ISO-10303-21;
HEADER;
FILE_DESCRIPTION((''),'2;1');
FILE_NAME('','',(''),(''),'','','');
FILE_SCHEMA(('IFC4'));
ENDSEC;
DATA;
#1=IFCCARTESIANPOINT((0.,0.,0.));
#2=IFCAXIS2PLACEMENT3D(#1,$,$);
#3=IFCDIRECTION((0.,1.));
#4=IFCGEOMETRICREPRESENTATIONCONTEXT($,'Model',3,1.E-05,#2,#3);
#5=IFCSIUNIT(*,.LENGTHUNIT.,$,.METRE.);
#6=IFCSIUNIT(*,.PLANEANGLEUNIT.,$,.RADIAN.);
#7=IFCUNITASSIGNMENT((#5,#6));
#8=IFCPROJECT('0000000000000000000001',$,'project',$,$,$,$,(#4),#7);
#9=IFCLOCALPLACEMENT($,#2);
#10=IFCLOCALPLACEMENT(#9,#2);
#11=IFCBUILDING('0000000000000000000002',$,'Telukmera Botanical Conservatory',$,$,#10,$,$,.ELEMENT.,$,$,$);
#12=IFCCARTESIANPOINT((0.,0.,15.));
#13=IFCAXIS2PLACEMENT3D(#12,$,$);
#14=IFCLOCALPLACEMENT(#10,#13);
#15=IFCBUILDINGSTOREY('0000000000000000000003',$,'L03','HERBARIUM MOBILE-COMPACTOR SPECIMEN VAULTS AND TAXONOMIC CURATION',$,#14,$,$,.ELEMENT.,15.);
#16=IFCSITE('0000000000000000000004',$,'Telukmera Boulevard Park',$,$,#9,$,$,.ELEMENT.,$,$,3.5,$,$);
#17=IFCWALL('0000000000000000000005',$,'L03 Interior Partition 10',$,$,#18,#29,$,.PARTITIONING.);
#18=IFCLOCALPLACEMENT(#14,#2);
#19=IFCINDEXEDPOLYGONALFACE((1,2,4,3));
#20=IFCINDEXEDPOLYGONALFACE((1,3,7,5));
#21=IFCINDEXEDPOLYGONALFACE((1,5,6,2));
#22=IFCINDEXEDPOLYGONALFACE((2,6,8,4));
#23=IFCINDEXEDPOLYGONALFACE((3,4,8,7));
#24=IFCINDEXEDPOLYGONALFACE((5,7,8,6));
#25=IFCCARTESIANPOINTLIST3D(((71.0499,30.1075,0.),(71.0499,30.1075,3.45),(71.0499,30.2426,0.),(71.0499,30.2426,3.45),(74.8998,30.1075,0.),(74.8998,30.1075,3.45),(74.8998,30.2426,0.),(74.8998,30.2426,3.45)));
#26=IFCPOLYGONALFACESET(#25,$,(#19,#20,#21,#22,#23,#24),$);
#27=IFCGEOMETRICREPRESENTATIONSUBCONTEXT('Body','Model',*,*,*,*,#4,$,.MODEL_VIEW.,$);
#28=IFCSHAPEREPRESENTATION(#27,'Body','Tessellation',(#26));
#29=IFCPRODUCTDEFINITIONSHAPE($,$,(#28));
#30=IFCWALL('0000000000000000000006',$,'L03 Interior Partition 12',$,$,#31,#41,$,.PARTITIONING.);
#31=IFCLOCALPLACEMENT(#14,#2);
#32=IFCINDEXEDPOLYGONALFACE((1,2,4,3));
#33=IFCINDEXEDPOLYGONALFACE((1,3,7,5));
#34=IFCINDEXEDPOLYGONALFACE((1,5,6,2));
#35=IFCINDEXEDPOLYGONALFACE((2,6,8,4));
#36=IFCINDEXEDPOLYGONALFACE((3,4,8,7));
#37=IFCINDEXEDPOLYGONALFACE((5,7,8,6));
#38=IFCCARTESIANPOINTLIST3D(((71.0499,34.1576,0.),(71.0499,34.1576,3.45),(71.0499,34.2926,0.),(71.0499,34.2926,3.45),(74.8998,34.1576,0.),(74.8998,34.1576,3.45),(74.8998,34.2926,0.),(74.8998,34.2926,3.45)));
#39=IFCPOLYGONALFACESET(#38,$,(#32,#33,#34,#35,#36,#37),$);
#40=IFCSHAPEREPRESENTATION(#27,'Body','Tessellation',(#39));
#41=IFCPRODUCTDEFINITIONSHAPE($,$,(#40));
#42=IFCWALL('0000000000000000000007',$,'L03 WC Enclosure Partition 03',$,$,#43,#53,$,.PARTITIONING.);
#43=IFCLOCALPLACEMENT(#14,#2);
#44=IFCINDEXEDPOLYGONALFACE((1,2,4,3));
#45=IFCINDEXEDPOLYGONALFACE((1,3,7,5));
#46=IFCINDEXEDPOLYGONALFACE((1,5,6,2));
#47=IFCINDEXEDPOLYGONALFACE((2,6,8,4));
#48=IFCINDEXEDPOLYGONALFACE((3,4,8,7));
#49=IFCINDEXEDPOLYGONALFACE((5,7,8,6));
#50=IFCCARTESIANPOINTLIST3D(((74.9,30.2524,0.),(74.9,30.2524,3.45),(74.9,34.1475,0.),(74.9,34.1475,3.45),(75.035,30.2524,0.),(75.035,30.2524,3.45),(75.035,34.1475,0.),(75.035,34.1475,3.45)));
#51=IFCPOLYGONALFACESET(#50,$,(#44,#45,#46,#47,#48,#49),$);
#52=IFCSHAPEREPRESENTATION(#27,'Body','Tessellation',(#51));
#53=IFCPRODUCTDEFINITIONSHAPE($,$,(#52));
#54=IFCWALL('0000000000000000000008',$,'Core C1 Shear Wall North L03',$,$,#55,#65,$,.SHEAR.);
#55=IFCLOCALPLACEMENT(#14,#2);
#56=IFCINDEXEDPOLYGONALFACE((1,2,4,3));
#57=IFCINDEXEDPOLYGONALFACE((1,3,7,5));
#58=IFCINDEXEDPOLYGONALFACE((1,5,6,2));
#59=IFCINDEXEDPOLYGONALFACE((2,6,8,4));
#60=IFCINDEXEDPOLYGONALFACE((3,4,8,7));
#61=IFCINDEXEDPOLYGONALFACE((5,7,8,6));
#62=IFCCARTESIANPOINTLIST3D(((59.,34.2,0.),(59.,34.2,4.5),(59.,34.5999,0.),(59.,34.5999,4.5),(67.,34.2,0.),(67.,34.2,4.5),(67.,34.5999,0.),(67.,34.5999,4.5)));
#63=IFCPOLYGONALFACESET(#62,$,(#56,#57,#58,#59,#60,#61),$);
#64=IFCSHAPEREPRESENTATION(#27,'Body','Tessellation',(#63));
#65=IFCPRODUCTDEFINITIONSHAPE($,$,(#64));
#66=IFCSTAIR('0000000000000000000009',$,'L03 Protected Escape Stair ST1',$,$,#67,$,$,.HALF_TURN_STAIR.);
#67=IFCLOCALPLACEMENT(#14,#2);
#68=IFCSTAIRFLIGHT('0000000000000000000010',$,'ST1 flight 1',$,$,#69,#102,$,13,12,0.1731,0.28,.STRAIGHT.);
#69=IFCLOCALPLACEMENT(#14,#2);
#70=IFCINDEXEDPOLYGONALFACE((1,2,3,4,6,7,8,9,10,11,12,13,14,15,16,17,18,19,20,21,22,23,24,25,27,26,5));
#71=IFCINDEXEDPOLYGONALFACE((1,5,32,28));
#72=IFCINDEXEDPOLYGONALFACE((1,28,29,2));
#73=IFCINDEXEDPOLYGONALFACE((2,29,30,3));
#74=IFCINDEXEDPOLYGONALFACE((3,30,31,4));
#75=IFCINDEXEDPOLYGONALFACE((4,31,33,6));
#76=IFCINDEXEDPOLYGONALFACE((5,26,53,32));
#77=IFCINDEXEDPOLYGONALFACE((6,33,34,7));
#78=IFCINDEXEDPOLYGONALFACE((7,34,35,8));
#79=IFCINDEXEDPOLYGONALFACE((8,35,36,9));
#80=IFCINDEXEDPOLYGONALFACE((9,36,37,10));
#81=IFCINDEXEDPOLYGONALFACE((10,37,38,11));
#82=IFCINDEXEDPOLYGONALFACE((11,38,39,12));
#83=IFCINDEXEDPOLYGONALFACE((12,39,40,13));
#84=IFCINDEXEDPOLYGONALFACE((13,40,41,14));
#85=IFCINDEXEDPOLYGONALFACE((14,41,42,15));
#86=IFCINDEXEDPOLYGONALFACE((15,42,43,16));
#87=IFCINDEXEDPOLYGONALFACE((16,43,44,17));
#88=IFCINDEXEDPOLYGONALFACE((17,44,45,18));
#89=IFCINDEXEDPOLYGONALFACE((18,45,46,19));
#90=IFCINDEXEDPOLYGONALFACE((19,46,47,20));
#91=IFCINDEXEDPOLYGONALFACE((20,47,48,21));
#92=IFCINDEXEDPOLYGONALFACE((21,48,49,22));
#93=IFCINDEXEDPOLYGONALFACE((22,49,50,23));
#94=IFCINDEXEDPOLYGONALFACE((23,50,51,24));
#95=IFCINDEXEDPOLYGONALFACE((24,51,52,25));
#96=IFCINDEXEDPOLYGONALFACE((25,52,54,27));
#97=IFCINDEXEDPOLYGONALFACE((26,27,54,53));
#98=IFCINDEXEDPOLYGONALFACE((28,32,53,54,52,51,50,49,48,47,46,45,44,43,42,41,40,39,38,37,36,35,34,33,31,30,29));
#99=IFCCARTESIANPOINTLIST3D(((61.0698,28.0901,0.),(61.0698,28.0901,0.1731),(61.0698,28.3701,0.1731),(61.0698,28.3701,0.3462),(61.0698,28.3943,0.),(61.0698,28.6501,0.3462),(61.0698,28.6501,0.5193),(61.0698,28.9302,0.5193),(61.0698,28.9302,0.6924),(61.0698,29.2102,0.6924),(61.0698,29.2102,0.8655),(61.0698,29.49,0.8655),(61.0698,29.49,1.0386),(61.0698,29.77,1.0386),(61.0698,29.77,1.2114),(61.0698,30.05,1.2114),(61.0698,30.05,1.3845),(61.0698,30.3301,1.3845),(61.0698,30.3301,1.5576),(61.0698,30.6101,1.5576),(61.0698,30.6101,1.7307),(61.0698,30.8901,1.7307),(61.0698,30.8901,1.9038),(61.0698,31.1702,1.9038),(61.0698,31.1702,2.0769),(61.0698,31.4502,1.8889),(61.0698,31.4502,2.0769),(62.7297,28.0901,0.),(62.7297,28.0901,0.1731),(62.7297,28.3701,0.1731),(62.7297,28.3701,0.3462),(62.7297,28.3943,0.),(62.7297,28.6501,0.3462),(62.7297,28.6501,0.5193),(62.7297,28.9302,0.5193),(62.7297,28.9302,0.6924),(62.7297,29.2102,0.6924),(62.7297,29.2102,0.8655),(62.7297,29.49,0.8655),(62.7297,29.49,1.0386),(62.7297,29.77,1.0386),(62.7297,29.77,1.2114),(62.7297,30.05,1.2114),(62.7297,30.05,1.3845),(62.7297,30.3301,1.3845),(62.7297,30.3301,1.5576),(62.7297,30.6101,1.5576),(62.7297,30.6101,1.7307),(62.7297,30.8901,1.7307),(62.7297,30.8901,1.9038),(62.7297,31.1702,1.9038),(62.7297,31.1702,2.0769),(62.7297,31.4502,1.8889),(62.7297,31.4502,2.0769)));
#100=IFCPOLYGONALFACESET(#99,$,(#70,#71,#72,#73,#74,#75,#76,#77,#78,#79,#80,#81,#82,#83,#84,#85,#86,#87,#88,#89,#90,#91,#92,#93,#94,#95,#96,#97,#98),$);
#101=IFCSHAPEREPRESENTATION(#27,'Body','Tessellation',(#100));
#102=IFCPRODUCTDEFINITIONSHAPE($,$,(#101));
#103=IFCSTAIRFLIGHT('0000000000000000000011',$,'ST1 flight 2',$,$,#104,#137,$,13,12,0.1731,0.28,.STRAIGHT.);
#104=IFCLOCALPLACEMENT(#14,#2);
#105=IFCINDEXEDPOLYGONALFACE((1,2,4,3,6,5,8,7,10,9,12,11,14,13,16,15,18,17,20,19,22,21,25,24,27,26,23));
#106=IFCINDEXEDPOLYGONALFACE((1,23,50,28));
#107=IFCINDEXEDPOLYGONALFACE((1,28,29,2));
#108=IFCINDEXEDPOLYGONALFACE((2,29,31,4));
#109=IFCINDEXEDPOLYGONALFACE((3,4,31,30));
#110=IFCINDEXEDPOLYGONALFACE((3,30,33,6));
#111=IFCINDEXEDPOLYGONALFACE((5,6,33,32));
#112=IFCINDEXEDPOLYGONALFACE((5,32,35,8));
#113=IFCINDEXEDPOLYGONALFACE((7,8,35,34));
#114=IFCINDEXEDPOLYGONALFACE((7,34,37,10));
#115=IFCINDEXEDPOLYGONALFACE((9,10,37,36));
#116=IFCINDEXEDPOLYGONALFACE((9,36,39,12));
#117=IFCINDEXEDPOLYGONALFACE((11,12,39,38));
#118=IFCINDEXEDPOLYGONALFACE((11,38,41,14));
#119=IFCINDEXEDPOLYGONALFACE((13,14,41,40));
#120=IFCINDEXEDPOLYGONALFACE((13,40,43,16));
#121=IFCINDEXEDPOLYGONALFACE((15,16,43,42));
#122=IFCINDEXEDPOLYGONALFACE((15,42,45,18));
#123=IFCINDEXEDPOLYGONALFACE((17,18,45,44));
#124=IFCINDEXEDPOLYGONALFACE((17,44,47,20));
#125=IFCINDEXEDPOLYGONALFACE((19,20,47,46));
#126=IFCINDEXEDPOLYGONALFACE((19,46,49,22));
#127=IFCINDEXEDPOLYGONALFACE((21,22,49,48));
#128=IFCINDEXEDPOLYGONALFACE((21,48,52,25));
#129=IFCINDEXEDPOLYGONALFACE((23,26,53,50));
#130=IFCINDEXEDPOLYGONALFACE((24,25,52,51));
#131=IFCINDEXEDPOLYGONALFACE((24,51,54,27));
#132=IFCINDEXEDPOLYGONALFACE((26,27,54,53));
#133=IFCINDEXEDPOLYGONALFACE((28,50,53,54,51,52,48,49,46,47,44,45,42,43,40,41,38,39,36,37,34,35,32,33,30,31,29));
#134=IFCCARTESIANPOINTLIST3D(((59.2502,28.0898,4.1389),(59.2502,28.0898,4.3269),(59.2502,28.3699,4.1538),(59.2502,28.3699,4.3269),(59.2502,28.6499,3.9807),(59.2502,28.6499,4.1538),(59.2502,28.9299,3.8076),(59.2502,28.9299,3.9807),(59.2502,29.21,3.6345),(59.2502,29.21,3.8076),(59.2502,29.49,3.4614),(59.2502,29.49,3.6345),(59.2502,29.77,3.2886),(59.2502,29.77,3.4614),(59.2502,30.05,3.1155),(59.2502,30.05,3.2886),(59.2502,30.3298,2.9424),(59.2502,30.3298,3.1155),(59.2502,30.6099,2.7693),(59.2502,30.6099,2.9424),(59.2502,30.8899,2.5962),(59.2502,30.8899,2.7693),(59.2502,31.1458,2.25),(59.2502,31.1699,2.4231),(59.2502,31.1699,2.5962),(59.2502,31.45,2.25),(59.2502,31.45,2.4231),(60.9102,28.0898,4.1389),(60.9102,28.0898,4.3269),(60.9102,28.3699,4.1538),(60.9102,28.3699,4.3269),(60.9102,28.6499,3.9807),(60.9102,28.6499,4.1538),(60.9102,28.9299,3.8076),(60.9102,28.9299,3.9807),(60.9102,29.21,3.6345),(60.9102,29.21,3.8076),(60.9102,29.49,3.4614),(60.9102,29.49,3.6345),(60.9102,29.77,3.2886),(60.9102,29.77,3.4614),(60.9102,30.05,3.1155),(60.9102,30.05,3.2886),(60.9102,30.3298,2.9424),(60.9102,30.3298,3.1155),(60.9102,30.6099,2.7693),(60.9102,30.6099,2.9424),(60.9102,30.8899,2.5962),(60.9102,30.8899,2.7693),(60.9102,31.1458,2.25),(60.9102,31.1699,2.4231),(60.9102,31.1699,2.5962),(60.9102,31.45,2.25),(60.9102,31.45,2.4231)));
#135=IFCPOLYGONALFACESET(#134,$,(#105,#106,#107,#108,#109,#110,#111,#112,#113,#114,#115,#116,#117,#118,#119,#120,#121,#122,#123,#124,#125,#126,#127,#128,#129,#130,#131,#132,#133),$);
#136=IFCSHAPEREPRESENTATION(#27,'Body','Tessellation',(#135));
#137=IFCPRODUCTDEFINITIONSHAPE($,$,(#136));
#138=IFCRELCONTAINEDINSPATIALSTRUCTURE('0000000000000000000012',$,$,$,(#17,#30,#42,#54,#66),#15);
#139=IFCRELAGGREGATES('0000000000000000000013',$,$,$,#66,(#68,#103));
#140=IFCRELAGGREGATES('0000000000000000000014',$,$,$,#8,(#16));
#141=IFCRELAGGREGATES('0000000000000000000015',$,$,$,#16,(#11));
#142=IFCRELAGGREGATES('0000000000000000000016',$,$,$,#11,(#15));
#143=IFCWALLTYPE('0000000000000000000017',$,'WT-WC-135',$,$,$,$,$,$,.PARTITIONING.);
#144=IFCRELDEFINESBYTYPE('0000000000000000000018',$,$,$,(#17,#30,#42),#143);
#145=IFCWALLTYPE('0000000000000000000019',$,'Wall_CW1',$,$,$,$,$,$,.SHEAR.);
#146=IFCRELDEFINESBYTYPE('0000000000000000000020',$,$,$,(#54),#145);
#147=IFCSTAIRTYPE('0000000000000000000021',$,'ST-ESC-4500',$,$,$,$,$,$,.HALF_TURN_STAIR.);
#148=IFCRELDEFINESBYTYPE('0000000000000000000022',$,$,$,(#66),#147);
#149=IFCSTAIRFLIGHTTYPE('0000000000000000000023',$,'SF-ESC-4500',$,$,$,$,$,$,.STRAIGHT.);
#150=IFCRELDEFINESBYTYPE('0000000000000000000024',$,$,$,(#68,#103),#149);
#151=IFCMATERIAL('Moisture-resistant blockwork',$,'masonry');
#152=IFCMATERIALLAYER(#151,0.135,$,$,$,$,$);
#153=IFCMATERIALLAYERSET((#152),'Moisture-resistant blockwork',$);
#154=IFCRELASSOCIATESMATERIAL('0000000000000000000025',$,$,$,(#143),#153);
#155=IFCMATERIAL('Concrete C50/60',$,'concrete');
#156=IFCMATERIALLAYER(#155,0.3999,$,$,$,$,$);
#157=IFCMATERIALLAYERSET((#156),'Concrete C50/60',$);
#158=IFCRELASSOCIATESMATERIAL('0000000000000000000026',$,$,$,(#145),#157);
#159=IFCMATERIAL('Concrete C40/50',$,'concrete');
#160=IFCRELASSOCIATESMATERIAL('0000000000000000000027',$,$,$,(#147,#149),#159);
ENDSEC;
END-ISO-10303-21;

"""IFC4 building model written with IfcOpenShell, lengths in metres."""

from ifc_helpers import new_model, si_unit, direction, frame, frame_2d, origin, place, context, subcontext, project, spatial, polyline, rectangle, outline, extrude, material, layer, layer_set, type_object, element, aggregate, save


model = new_model("IFC4")

# Units and contexts
model_context = context("Model", 3, precision=1e-05, world=origin(), true_north=direction((0.0, 1.0)))
body_context = subcontext(model_context, "Body", "Model", "MODEL_VIEW")
ifc_project = project(units=[si_unit("LENGTHUNIT", "METRE"), si_unit("PLANEANGLEUNIT", "RADIAN")], contexts=[model_context])

# Site, building, storey
site_placement = place(None, origin())
site = spatial("IfcSite", under=ifc_project, at=site_placement, Name="Telukmera Boulevard Park", CompositionType="ELEMENT", RefElevation=3.5)
building_placement = place(site_placement, origin())
building = spatial("IfcBuilding", under=site, at=building_placement, Name="Telukmera Botanical Conservatory", CompositionType="ELEMENT")
storey_placement = place(building_placement, frame((0.0, 0.0, 15.0)))
storey = spatial("IfcBuildingStorey", under=building, at=storey_placement, Name="L03", Description="HERBARIUM MOBILE-COMPACTOR SPECIMEN VAULTS AND TAXONOMIC CURATION", CompositionType="ELEMENT", Elevation=15.0)

# Shared definitions
ifc_material_1 = material(Name="Concrete C50/60", Category="concrete")

# Shared definitions
ifc_material_2 = material(Name="Concrete C40/50", Category="concrete")

# Shared definitions
ifc_material_3 = material(Name="Moisture-resistant blockwork", Category="masonry")
ifc_layer_1 = layer(ifc_material_3, 0.135)
ifc_layer_set_1 = layer_set([ifc_layer_1], Name="Moisture-resistant blockwork")
wall_type_1 = type_object("IfcWallType", Name="WT-WC-135", PredefinedType="PARTITIONING", material=ifc_layer_set_1)

# Walls
for number, where, z_axis, x_axis, name in (
    (1, (71.05, 30.175, 0.0), (0.0, 0.0, 1.0), (1.0, 0.0, 0.0), "L03 Interior Partition 10"),
    (2, (71.05, 34.2251, 0.0), (0.0, 0.0, 1.0), (1.0, 0.0, 0.0), "L03 Interior Partition 12"),
):
    element("IfcWall", number, at=place(storey_placement, frame(where, z_axis=z_axis, x_axis=x_axis)), inside=storey, type_object=wall_type_1, Name=name, PredefinedType="PARTITIONING", context=body_context, shape_type="SweptSolid", body=[
        extrude(rectangle(XDim=3.8499, YDim=0.135, at=frame_2d((1.9248, 0.0))), origin(), (0.0, 0.0, 1.0), 3.45),
    ])
wall_1_placement = place(storey_placement, frame((74.9675, 30.2524, 0.0), z_axis=(0.0, 0.0, 1.0), x_axis=(0.0, 1.0, 0.0)))
element("IfcWall", 3, at=wall_1_placement, inside=storey, type_object=wall_type_1, Name="L03 WC Enclosure Partition 03", PredefinedType="PARTITIONING", context=body_context, shape_type="SweptSolid", body=[
    extrude(rectangle(XDim=3.895, YDim=0.135, at=frame_2d((1.9475, 0.0))), origin(), (0.0, 0.0, 1.0), 3.45),
])
ifc_layer_2 = layer(ifc_material_1, 0.3999)
ifc_layer_set_2 = layer_set([ifc_layer_2], Name="Concrete C50/60")
wall_type_2 = type_object("IfcWallType", Name="Wall_CW1", PredefinedType="SHEAR", material=ifc_layer_set_2)
wall_2_placement = place(storey_placement, frame((59.0, 34.3999, 0.0), z_axis=(0.0, 0.0, 1.0), x_axis=(1.0, 0.0, 0.0)))
element("IfcWall", 4, at=wall_2_placement, inside=storey, type_object=wall_type_2, Name="Core C1 Shear Wall North L03", PredefinedType="SHEAR", context=body_context, shape_type="SweptSolid", body=[
    extrude(rectangle(XDim=8.0, YDim=0.3999, at=frame_2d((4.0, 0.0))), origin(), (0.0, 0.0, 1.0), 4.5),
])

# Stair, stair flights
stair_type = type_object("IfcStairType", Name="ST-ESC-4500", PredefinedType="HALF_TURN_STAIR", material=ifc_material_2)
stair_placement = place(storey_placement, origin())
stair = element("IfcStair", 5, at=stair_placement, inside=storey, type_object=stair_type, Name="L03 Protected Escape Stair ST1", PredefinedType="HALF_TURN_STAIR")
stair_flight_type = type_object("IfcStairFlightType", Name="SF-ESC-4500", PredefinedType="STRAIGHT", material=ifc_material_2)
stair_flight_1_placement = place(storey_placement, frame((61.8999, 28.0901, 0.0), z_axis=(0.0, 0.0, 1.0), x_axis=(0.0, 1.0, 0.0)))
stair_flight_1 = element("IfcStairFlight", 6, at=stair_flight_1_placement, type_object=stair_flight_type, Name="ST1 flight 1", NumberOfRisers=13, NumberOfTreads=12, PredefinedType="STRAIGHT", RiserHeight=0.1731, TreadLength=0.28, context=body_context, shape_type="SweptSolid", body=[
    extrude(outline(polyline([(0.0, 0.0), (0.0, 0.1731), (0.28, 0.1731), (0.28, 0.3462), (0.5601, 0.3462), (0.5601, 0.5193), (0.8401, 0.5193), (0.8401, 0.6924), (1.1201, 0.6924), (1.1201, 0.8655), (1.3999, 0.8655), (1.3999, 1.0386), (1.6799, 1.0386), (1.6799, 1.2114), (1.96, 1.2114), (1.96, 1.3845), (2.24, 1.3845), (2.24, 1.5576), (2.52, 1.5576), (2.52, 1.7307), (2.8, 1.7307), (2.8, 1.9038), (3.0801, 1.9038), (3.0801, 2.0769), (3.3601, 2.0769), (3.3601, 2.25), (3.3601, 1.8889), (0.3042, 0.0), (0.0, 0.0)])), frame((0.0, 0.8301, 0.0), z_axis=(0.0, -1.0, 0.0), x_axis=(1.0, 0.0, 0.0)), (0.0, 0.0, 1.0), 1.6599),
])
stair_flight_2_placement = place(storey_placement, frame((60.0801, 31.45, 2.25), z_axis=(0.0, 0.0, 1.0), x_axis=(0.0, -1.0, 0.0)))
stair_flight_2 = element("IfcStairFlight", 7, at=stair_flight_2_placement, type_object=stair_flight_type, Name="ST1 flight 2", NumberOfRisers=13, NumberOfTreads=12, PredefinedType="STRAIGHT", RiserHeight=0.1731, TreadLength=0.28, context=body_context, shape_type="SweptSolid", body=[
    extrude(outline(polyline([(0.0, 0.0), (0.0, 0.1731), (0.28, 0.1731), (0.28, 0.3462), (0.5601, 0.3462), (0.5601, 0.5193), (0.8401, 0.5193), (0.8401, 0.6924), (1.1201, 0.6924), (1.1201, 0.8655), (1.3999, 0.8655), (1.3999, 1.0386), (1.6799, 1.0386), (1.6799, 1.2114), (1.96, 1.2114), (1.96, 1.3845), (2.24, 1.3845), (2.24, 1.5576), (2.52, 1.5576), (2.52, 1.7307), (2.8, 1.7307), (2.8, 1.9038), (3.0801, 1.9038), (3.0801, 2.0769), (3.3601, 2.0769), (3.3601, 2.25), (3.3601, 1.8889), (0.3042, 0.0), (0.0, 0.0)])), frame((0.0, 0.8301, 0.0), z_axis=(0.0, -1.0, 0.0), x_axis=(1.0, 0.0, 0.0)), (0.0, 0.0, 1.0), 1.6599),
])
aggregate(stair, [stair_flight_1, stair_flight_2])

save(model, "model.ifc")
